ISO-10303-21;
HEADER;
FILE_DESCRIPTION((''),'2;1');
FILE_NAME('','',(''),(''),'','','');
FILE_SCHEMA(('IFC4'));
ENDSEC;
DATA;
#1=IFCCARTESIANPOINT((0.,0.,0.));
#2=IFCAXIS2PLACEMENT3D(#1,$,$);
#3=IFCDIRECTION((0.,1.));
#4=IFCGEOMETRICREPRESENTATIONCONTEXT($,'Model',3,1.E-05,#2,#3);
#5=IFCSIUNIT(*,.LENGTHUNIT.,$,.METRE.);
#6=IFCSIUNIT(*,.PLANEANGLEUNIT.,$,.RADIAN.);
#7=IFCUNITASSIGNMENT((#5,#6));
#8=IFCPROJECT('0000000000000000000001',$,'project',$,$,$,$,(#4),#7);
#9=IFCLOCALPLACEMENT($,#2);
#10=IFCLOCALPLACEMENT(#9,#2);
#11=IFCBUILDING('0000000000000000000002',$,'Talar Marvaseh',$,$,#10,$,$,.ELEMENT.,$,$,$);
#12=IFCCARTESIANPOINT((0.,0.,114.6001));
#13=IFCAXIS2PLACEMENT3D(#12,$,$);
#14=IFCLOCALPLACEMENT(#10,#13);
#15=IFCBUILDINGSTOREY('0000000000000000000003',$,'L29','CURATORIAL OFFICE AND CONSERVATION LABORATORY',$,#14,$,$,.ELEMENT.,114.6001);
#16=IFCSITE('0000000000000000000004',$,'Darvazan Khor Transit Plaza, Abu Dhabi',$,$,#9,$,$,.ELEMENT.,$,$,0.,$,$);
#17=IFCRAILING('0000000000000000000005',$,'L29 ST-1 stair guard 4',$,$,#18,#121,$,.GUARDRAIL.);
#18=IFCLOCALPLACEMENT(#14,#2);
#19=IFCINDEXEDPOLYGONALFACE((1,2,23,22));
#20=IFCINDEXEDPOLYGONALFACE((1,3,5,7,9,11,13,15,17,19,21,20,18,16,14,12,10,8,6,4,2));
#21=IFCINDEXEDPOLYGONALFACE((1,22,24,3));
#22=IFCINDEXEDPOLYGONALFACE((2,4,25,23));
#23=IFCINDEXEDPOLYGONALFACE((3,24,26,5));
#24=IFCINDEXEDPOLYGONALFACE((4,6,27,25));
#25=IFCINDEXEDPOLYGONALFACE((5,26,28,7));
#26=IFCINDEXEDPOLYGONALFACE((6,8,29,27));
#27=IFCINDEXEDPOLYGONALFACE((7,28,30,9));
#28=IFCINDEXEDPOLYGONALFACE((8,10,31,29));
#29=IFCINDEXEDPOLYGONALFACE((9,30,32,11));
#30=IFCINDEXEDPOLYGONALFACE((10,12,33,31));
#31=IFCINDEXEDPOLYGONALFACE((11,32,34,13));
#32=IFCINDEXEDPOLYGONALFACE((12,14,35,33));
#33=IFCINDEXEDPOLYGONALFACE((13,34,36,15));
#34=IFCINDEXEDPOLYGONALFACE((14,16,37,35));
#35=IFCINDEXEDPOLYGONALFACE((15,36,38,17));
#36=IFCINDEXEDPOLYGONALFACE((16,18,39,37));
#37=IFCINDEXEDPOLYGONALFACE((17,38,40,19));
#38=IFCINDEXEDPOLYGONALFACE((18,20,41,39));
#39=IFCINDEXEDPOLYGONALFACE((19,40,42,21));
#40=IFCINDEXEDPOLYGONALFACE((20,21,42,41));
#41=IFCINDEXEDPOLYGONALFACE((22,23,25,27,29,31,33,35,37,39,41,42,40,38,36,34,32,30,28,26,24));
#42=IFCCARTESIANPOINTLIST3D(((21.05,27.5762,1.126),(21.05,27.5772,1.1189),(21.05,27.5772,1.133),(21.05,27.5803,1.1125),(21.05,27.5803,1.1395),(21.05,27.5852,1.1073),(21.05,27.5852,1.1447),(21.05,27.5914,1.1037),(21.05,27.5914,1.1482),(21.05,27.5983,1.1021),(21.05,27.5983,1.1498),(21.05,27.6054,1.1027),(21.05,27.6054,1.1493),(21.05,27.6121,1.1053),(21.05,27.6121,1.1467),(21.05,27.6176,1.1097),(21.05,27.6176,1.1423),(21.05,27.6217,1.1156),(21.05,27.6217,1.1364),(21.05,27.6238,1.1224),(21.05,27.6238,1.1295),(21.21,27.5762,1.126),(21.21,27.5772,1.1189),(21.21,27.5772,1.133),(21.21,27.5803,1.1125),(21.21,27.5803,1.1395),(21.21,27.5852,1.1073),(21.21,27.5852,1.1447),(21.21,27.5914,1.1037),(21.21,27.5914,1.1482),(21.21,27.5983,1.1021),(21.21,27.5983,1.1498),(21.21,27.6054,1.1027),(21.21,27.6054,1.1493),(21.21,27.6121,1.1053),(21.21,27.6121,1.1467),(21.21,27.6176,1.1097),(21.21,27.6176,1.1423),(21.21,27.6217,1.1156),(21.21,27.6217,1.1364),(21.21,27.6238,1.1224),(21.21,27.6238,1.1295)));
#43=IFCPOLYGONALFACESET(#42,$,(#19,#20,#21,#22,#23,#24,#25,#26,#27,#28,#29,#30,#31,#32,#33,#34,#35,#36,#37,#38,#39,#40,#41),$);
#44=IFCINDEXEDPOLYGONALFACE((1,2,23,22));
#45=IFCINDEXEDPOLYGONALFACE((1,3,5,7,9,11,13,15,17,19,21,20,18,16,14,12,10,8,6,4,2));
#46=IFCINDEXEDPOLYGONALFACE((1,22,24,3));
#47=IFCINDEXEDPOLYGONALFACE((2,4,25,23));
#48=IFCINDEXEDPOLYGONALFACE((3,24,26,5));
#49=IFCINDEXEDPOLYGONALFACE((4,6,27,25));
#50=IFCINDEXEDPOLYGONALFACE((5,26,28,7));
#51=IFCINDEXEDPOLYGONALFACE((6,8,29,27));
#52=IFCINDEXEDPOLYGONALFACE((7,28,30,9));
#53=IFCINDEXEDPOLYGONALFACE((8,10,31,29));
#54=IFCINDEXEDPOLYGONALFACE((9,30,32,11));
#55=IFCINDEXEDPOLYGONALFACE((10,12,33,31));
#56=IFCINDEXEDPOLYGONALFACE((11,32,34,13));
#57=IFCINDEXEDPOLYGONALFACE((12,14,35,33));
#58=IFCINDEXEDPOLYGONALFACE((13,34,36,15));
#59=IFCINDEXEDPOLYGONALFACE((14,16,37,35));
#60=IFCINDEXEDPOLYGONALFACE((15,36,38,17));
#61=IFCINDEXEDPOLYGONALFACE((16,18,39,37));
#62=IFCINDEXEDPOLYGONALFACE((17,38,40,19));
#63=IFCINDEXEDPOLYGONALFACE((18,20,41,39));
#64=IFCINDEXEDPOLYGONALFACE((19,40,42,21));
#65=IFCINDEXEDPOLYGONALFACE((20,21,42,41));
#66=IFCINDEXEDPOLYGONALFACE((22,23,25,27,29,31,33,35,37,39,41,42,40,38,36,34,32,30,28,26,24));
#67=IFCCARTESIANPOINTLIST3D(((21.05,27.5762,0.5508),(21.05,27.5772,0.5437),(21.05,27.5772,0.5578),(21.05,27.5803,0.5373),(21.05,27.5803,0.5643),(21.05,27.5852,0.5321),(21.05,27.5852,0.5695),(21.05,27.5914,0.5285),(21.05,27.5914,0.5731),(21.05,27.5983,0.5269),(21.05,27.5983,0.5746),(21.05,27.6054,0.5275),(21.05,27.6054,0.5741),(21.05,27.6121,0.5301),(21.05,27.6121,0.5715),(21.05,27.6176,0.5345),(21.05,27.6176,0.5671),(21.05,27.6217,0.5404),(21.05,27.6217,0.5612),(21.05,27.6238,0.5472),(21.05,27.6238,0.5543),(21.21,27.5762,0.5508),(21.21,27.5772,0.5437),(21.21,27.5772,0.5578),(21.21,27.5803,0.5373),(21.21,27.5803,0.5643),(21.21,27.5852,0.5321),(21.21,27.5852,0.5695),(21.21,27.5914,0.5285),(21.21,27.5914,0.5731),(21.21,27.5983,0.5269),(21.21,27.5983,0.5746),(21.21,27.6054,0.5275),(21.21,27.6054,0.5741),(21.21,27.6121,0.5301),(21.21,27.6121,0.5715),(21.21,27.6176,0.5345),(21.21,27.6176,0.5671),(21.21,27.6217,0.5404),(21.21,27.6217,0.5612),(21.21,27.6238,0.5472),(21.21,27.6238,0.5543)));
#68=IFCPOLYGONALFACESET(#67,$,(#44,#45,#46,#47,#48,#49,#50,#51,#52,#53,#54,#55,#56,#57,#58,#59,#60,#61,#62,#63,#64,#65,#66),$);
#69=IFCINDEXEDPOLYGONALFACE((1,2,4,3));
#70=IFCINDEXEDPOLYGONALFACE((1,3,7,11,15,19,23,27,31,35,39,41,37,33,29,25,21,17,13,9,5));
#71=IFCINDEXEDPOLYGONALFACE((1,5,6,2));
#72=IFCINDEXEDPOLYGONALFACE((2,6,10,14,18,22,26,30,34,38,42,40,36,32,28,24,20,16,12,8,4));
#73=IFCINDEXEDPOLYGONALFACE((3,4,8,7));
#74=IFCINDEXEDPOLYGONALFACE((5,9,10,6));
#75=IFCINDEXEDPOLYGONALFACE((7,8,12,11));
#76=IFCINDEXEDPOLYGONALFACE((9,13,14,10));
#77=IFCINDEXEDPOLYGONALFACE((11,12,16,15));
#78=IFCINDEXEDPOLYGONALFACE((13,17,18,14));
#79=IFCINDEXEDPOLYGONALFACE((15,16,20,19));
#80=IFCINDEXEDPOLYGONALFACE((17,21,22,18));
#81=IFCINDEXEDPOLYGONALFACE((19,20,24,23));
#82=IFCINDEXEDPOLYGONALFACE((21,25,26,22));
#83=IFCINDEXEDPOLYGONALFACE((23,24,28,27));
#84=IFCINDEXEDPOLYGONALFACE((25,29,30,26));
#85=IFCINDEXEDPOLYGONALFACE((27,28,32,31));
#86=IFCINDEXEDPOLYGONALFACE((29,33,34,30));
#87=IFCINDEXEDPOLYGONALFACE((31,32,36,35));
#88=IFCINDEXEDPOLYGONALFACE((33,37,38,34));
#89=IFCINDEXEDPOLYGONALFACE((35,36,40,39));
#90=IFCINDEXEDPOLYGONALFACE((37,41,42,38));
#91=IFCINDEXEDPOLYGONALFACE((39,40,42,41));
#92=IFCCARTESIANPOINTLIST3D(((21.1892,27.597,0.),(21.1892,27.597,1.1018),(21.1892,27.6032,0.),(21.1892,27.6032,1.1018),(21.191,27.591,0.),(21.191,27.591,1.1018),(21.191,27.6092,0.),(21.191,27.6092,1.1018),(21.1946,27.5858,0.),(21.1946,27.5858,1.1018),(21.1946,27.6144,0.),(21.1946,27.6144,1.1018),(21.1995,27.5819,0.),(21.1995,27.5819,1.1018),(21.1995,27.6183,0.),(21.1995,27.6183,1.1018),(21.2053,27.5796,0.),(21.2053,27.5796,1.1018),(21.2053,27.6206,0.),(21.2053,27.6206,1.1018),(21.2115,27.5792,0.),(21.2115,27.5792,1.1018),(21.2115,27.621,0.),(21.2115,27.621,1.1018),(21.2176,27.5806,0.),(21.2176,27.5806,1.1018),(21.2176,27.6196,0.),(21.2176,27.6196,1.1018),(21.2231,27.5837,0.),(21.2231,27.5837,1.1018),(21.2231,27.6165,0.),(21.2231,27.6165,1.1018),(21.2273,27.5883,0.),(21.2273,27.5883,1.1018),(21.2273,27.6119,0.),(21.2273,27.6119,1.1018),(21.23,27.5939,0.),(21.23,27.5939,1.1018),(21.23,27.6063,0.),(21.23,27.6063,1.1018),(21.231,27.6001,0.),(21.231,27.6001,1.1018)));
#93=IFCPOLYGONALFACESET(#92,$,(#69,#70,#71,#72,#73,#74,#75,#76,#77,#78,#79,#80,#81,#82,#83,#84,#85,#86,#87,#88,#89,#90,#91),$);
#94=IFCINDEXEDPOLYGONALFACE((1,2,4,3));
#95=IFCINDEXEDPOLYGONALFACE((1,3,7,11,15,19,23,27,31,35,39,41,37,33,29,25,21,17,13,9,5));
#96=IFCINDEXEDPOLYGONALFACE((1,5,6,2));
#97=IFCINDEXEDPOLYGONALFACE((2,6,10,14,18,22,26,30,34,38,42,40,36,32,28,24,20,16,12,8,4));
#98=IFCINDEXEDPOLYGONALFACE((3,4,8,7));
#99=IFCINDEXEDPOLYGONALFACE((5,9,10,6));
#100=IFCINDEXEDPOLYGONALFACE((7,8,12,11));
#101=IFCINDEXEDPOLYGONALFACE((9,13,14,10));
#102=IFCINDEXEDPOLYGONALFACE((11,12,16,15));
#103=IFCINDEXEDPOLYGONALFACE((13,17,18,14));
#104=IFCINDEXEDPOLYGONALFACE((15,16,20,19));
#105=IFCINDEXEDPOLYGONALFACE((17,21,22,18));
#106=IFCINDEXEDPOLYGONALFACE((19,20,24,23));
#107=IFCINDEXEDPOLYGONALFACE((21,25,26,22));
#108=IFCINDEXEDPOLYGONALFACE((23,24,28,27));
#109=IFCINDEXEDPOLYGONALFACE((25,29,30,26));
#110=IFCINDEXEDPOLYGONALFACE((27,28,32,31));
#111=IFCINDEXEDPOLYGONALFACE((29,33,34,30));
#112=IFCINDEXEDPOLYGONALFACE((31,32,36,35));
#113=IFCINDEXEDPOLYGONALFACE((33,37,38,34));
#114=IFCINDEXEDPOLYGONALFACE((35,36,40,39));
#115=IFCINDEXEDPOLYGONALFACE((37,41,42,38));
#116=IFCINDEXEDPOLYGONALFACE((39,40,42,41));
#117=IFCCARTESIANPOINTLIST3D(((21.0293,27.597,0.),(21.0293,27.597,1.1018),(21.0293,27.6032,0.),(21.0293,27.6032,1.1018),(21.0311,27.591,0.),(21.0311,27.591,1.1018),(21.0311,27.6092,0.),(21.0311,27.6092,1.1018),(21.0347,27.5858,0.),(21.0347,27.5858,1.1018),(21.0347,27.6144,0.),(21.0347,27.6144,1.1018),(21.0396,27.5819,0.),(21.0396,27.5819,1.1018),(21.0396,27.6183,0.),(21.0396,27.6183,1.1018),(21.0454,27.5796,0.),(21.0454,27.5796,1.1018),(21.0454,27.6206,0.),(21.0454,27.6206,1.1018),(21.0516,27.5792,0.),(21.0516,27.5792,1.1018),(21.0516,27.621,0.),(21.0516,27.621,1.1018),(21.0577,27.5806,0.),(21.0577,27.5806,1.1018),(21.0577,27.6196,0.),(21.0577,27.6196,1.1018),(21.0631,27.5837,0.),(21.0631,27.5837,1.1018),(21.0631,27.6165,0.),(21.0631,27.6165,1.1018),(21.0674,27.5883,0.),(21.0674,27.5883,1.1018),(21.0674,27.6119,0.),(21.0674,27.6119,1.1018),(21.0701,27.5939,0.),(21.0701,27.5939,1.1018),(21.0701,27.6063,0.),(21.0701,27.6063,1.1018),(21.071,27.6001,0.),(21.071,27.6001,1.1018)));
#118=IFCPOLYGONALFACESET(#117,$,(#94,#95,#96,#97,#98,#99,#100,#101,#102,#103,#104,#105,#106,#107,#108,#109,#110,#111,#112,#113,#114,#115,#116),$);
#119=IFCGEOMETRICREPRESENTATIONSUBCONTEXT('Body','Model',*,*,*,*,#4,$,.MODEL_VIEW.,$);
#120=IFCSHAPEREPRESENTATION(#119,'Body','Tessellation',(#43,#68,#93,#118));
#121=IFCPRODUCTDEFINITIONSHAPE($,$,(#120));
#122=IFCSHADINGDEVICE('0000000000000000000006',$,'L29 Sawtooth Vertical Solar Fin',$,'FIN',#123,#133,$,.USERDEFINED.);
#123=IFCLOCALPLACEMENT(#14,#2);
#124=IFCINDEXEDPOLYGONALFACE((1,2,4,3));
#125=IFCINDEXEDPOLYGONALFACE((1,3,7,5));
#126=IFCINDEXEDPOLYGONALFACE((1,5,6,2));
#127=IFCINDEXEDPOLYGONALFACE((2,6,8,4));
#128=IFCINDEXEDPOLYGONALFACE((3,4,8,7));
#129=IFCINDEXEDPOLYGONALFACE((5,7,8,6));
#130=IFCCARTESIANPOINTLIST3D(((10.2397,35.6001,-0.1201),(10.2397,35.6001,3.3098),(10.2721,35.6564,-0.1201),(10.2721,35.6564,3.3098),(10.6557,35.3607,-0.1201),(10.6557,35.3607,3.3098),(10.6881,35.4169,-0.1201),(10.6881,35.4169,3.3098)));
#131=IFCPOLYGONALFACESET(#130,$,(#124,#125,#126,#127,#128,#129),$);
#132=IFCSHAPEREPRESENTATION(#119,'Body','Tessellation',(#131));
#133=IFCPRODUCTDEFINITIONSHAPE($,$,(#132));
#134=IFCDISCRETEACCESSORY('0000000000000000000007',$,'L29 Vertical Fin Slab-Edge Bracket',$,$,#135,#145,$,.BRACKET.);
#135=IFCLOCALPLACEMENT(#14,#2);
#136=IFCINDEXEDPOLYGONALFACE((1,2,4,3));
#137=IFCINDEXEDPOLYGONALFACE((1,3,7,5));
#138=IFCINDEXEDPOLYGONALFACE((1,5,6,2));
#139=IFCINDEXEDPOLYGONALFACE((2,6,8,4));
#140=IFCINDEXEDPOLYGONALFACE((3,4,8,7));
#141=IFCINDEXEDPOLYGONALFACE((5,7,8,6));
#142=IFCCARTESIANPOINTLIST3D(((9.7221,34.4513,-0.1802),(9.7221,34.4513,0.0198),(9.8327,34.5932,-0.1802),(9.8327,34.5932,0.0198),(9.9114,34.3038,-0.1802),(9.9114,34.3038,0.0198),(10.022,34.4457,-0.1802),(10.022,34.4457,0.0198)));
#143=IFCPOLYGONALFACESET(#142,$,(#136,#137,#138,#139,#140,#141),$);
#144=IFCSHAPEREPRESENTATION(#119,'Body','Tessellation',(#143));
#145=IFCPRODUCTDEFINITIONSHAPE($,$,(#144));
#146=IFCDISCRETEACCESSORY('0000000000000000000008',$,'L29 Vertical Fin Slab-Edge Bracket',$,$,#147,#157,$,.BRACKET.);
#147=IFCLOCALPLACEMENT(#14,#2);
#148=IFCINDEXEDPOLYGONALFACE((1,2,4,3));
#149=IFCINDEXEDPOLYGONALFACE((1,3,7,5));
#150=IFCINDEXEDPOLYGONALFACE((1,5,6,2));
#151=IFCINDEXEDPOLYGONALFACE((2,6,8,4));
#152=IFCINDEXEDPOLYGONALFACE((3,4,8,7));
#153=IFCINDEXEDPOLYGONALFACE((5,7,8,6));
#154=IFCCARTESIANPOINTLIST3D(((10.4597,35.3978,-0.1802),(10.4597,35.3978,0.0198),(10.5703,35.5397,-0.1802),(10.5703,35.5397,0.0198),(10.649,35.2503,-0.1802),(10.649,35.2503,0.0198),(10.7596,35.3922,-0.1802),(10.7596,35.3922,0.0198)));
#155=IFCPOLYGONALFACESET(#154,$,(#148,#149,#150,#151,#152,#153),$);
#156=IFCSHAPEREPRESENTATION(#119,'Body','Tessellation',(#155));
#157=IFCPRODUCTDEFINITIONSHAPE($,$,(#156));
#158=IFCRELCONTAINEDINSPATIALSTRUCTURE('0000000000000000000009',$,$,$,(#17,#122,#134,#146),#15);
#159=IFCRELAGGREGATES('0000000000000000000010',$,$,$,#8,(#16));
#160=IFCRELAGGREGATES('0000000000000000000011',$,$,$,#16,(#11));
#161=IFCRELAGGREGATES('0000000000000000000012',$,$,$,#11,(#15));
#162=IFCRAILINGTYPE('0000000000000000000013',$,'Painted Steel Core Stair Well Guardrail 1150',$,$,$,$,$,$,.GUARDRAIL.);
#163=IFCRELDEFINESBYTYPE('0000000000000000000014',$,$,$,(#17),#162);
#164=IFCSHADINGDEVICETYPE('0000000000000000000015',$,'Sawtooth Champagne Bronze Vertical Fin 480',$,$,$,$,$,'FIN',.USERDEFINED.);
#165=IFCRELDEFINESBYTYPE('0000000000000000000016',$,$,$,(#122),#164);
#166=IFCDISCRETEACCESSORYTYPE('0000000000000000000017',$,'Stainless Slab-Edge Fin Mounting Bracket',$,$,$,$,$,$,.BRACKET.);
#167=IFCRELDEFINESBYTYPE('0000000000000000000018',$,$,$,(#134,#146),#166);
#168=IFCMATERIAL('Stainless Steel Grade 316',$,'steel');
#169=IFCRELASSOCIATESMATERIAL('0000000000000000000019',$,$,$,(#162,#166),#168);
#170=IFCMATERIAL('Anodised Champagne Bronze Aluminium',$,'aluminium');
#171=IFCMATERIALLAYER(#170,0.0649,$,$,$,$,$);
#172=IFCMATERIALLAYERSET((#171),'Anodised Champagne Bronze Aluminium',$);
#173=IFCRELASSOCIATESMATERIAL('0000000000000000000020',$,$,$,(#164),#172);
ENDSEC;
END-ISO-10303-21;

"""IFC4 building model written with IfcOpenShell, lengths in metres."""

from ifc_helpers import new_model, si_unit, direction, frame, origin, origin_2d, place, context, subcontext, project, spatial, rectangle, circle, extrude, source, transform, mapped, material, layer, layer_set, type_object, type_shapes, element, save


model = new_model("IFC4")

# Units and contexts
model_context = context("Model", 3, precision=1e-05, world=origin(), true_north=direction((0.0, 1.0)))
body_context = subcontext(model_context, "Body", "Model", "MODEL_VIEW")
ifc_project = project(units=[si_unit("LENGTHUNIT", "METRE"), si_unit("PLANEANGLEUNIT", "RADIAN")], contexts=[model_context])

# Site, building, storey
site_placement = place(None, origin())
site = spatial("IfcSite", under=ifc_project, at=site_placement, Name="Darvazan Khor Transit Plaza, Abu Dhabi", CompositionType="ELEMENT", RefElevation=0.0)
building_placement = place(site_placement, origin())
building = spatial("IfcBuilding", under=site, at=building_placement, Name="Talar Marvaseh", CompositionType="ELEMENT")
storey_placement = place(building_placement, frame((0.0, 0.0, 114.6001)))
storey = spatial("IfcBuildingStorey", under=building, at=storey_placement, Name="L29", Description="CURATORIAL OFFICE AND CONSERVATION LABORATORY", CompositionType="ELEMENT", Elevation=114.6001)

# Railing
ifc_material_1 = material(Name="Stainless Steel Grade 316", Category="steel")
railing_type_1 = type_object("IfcRailingType", Name="Painted Steel Core Stair Well Guardrail 1150", PredefinedType="GUARDRAIL", material=ifc_material_1)
railing_1_placement = place(storey_placement, frame((21.21, 27.6001, 0.0)))
element("IfcRailing", 1, at=railing_1_placement, inside=storey, type_object=railing_type_1, Name="L29 ST-1 stair guard 4", PredefinedType="GUARDRAIL", context=body_context, shape_type="SweptSolid", body=[
    extrude(circle(Radius=0.0239, at=origin_2d()), frame((0.0, 0.0, 1.126), z_axis=(-1.0, 0.0, 0.0), x_axis=(0.0, -1.0, 0.0)), (0.0, 0.0, 1.0), 0.1599),
    extrude(circle(Radius=0.0239, at=origin_2d()), frame((0.0, 0.0, 0.5508), z_axis=(-1.0, 0.0, 0.0), x_axis=(0.0, -1.0, 0.0)), (0.0, 0.0, 1.0), 0.1599),
    extrude(circle(Radius=0.021, at=origin_2d()), origin(), (0.0, 0.0, 1.0), 1.1018),
    extrude(circle(Radius=0.021, at=origin_2d()), frame((-0.1599, 0.0, 0.0)), (0.0, 0.0, 1.0), 1.1018),
])

# Shading device
ifc_material_2 = material(Name="Anodised Champagne Bronze Aluminium", Category="aluminium")
ifc_layer_1 = layer(ifc_material_2, 0.0649)
ifc_layer_set_1 = layer_set([ifc_layer_1], Name="Anodised Champagne Bronze Aluminium")
shading_device_type = type_object("IfcShadingDeviceType", Name="Sawtooth Champagne Bronze Vertical Fin 480", ElementType="FIN", PredefinedType="USERDEFINED", material=ifc_layer_set_1)
shared_shape_1 = source(origin(), body_context, "Body", "SweptSolid", [
    extrude(rectangle(XDim=0.48, YDim=0.0649, at=origin_2d()), origin(), (0.0, 0.0, 1.0), 3.4299),
])
type_shapes(shading_device_type, [shared_shape_1])
shading_device_placement = place(storey_placement, frame((10.4639, 35.5085, -0.1201), z_axis=(0.0, 0.0, 1.0), x_axis=(-0.866636, 0.498942, 0.0)))
element("IfcShadingDevice", 2, at=shading_device_placement, inside=storey, type_object=shading_device_type, Name="L29 Sawtooth Vertical Solar Fin", ObjectType="FIN", PredefinedType="USERDEFINED", context=body_context, shape_type="MappedRepresentation", body=[
    mapped(shared_shape_1, transform((0.0, 0.0, 0.0), x_axis=(1.0, 0.0, 0.0), y_axis=(0.0, 1.0, 0.0), z_axis=(0.0, 0.0, 1.0), scale=1.0)),
])

# Discrete accessories
discrete_accessory_type = type_object("IfcDiscreteAccessoryType", Name="Stainless Slab-Edge Fin Mounting Bracket", PredefinedType="BRACKET", material=ifc_material_1)
shared_shape_2 = source(origin(), body_context, "Body", "SweptSolid", [
    extrude(rectangle(XDim=0.24, YDim=0.1799, at=origin_2d()), origin(), (0.0, 0.0, 1.0), 0.2),
])
type_shapes(discrete_accessory_type, [shared_shape_2])
for number, where, z_axis, x_axis, name in (
    (3, (9.8721, 34.4485, -0.1802), (0.0, 0.0, 1.0), (-0.788762, 0.614698, 0.0), "L29 Vertical Fin Slab-Edge Bracket"),
    (4, (10.6096, 35.395, -0.1802), (0.0, 0.0, 1.0), (-0.788762, 0.614698, 0.0), "L29 Vertical Fin Slab-Edge Bracket"),
):
    element("IfcDiscreteAccessory", number, at=place(storey_placement, frame(where, z_axis=z_axis, x_axis=x_axis)), inside=storey, type_object=discrete_accessory_type, Name=name, PredefinedType="BRACKET", context=body_context, shape_type="MappedRepresentation", body=[
        mapped(shared_shape_2, transform((0.0, 0.0, 0.0), x_axis=(1.0, 0.0, 0.0), y_axis=(0.0, 1.0, 0.0), z_axis=(0.0, 0.0, 1.0), scale=1.0)),
    ])

save(model, "model.ifc")
